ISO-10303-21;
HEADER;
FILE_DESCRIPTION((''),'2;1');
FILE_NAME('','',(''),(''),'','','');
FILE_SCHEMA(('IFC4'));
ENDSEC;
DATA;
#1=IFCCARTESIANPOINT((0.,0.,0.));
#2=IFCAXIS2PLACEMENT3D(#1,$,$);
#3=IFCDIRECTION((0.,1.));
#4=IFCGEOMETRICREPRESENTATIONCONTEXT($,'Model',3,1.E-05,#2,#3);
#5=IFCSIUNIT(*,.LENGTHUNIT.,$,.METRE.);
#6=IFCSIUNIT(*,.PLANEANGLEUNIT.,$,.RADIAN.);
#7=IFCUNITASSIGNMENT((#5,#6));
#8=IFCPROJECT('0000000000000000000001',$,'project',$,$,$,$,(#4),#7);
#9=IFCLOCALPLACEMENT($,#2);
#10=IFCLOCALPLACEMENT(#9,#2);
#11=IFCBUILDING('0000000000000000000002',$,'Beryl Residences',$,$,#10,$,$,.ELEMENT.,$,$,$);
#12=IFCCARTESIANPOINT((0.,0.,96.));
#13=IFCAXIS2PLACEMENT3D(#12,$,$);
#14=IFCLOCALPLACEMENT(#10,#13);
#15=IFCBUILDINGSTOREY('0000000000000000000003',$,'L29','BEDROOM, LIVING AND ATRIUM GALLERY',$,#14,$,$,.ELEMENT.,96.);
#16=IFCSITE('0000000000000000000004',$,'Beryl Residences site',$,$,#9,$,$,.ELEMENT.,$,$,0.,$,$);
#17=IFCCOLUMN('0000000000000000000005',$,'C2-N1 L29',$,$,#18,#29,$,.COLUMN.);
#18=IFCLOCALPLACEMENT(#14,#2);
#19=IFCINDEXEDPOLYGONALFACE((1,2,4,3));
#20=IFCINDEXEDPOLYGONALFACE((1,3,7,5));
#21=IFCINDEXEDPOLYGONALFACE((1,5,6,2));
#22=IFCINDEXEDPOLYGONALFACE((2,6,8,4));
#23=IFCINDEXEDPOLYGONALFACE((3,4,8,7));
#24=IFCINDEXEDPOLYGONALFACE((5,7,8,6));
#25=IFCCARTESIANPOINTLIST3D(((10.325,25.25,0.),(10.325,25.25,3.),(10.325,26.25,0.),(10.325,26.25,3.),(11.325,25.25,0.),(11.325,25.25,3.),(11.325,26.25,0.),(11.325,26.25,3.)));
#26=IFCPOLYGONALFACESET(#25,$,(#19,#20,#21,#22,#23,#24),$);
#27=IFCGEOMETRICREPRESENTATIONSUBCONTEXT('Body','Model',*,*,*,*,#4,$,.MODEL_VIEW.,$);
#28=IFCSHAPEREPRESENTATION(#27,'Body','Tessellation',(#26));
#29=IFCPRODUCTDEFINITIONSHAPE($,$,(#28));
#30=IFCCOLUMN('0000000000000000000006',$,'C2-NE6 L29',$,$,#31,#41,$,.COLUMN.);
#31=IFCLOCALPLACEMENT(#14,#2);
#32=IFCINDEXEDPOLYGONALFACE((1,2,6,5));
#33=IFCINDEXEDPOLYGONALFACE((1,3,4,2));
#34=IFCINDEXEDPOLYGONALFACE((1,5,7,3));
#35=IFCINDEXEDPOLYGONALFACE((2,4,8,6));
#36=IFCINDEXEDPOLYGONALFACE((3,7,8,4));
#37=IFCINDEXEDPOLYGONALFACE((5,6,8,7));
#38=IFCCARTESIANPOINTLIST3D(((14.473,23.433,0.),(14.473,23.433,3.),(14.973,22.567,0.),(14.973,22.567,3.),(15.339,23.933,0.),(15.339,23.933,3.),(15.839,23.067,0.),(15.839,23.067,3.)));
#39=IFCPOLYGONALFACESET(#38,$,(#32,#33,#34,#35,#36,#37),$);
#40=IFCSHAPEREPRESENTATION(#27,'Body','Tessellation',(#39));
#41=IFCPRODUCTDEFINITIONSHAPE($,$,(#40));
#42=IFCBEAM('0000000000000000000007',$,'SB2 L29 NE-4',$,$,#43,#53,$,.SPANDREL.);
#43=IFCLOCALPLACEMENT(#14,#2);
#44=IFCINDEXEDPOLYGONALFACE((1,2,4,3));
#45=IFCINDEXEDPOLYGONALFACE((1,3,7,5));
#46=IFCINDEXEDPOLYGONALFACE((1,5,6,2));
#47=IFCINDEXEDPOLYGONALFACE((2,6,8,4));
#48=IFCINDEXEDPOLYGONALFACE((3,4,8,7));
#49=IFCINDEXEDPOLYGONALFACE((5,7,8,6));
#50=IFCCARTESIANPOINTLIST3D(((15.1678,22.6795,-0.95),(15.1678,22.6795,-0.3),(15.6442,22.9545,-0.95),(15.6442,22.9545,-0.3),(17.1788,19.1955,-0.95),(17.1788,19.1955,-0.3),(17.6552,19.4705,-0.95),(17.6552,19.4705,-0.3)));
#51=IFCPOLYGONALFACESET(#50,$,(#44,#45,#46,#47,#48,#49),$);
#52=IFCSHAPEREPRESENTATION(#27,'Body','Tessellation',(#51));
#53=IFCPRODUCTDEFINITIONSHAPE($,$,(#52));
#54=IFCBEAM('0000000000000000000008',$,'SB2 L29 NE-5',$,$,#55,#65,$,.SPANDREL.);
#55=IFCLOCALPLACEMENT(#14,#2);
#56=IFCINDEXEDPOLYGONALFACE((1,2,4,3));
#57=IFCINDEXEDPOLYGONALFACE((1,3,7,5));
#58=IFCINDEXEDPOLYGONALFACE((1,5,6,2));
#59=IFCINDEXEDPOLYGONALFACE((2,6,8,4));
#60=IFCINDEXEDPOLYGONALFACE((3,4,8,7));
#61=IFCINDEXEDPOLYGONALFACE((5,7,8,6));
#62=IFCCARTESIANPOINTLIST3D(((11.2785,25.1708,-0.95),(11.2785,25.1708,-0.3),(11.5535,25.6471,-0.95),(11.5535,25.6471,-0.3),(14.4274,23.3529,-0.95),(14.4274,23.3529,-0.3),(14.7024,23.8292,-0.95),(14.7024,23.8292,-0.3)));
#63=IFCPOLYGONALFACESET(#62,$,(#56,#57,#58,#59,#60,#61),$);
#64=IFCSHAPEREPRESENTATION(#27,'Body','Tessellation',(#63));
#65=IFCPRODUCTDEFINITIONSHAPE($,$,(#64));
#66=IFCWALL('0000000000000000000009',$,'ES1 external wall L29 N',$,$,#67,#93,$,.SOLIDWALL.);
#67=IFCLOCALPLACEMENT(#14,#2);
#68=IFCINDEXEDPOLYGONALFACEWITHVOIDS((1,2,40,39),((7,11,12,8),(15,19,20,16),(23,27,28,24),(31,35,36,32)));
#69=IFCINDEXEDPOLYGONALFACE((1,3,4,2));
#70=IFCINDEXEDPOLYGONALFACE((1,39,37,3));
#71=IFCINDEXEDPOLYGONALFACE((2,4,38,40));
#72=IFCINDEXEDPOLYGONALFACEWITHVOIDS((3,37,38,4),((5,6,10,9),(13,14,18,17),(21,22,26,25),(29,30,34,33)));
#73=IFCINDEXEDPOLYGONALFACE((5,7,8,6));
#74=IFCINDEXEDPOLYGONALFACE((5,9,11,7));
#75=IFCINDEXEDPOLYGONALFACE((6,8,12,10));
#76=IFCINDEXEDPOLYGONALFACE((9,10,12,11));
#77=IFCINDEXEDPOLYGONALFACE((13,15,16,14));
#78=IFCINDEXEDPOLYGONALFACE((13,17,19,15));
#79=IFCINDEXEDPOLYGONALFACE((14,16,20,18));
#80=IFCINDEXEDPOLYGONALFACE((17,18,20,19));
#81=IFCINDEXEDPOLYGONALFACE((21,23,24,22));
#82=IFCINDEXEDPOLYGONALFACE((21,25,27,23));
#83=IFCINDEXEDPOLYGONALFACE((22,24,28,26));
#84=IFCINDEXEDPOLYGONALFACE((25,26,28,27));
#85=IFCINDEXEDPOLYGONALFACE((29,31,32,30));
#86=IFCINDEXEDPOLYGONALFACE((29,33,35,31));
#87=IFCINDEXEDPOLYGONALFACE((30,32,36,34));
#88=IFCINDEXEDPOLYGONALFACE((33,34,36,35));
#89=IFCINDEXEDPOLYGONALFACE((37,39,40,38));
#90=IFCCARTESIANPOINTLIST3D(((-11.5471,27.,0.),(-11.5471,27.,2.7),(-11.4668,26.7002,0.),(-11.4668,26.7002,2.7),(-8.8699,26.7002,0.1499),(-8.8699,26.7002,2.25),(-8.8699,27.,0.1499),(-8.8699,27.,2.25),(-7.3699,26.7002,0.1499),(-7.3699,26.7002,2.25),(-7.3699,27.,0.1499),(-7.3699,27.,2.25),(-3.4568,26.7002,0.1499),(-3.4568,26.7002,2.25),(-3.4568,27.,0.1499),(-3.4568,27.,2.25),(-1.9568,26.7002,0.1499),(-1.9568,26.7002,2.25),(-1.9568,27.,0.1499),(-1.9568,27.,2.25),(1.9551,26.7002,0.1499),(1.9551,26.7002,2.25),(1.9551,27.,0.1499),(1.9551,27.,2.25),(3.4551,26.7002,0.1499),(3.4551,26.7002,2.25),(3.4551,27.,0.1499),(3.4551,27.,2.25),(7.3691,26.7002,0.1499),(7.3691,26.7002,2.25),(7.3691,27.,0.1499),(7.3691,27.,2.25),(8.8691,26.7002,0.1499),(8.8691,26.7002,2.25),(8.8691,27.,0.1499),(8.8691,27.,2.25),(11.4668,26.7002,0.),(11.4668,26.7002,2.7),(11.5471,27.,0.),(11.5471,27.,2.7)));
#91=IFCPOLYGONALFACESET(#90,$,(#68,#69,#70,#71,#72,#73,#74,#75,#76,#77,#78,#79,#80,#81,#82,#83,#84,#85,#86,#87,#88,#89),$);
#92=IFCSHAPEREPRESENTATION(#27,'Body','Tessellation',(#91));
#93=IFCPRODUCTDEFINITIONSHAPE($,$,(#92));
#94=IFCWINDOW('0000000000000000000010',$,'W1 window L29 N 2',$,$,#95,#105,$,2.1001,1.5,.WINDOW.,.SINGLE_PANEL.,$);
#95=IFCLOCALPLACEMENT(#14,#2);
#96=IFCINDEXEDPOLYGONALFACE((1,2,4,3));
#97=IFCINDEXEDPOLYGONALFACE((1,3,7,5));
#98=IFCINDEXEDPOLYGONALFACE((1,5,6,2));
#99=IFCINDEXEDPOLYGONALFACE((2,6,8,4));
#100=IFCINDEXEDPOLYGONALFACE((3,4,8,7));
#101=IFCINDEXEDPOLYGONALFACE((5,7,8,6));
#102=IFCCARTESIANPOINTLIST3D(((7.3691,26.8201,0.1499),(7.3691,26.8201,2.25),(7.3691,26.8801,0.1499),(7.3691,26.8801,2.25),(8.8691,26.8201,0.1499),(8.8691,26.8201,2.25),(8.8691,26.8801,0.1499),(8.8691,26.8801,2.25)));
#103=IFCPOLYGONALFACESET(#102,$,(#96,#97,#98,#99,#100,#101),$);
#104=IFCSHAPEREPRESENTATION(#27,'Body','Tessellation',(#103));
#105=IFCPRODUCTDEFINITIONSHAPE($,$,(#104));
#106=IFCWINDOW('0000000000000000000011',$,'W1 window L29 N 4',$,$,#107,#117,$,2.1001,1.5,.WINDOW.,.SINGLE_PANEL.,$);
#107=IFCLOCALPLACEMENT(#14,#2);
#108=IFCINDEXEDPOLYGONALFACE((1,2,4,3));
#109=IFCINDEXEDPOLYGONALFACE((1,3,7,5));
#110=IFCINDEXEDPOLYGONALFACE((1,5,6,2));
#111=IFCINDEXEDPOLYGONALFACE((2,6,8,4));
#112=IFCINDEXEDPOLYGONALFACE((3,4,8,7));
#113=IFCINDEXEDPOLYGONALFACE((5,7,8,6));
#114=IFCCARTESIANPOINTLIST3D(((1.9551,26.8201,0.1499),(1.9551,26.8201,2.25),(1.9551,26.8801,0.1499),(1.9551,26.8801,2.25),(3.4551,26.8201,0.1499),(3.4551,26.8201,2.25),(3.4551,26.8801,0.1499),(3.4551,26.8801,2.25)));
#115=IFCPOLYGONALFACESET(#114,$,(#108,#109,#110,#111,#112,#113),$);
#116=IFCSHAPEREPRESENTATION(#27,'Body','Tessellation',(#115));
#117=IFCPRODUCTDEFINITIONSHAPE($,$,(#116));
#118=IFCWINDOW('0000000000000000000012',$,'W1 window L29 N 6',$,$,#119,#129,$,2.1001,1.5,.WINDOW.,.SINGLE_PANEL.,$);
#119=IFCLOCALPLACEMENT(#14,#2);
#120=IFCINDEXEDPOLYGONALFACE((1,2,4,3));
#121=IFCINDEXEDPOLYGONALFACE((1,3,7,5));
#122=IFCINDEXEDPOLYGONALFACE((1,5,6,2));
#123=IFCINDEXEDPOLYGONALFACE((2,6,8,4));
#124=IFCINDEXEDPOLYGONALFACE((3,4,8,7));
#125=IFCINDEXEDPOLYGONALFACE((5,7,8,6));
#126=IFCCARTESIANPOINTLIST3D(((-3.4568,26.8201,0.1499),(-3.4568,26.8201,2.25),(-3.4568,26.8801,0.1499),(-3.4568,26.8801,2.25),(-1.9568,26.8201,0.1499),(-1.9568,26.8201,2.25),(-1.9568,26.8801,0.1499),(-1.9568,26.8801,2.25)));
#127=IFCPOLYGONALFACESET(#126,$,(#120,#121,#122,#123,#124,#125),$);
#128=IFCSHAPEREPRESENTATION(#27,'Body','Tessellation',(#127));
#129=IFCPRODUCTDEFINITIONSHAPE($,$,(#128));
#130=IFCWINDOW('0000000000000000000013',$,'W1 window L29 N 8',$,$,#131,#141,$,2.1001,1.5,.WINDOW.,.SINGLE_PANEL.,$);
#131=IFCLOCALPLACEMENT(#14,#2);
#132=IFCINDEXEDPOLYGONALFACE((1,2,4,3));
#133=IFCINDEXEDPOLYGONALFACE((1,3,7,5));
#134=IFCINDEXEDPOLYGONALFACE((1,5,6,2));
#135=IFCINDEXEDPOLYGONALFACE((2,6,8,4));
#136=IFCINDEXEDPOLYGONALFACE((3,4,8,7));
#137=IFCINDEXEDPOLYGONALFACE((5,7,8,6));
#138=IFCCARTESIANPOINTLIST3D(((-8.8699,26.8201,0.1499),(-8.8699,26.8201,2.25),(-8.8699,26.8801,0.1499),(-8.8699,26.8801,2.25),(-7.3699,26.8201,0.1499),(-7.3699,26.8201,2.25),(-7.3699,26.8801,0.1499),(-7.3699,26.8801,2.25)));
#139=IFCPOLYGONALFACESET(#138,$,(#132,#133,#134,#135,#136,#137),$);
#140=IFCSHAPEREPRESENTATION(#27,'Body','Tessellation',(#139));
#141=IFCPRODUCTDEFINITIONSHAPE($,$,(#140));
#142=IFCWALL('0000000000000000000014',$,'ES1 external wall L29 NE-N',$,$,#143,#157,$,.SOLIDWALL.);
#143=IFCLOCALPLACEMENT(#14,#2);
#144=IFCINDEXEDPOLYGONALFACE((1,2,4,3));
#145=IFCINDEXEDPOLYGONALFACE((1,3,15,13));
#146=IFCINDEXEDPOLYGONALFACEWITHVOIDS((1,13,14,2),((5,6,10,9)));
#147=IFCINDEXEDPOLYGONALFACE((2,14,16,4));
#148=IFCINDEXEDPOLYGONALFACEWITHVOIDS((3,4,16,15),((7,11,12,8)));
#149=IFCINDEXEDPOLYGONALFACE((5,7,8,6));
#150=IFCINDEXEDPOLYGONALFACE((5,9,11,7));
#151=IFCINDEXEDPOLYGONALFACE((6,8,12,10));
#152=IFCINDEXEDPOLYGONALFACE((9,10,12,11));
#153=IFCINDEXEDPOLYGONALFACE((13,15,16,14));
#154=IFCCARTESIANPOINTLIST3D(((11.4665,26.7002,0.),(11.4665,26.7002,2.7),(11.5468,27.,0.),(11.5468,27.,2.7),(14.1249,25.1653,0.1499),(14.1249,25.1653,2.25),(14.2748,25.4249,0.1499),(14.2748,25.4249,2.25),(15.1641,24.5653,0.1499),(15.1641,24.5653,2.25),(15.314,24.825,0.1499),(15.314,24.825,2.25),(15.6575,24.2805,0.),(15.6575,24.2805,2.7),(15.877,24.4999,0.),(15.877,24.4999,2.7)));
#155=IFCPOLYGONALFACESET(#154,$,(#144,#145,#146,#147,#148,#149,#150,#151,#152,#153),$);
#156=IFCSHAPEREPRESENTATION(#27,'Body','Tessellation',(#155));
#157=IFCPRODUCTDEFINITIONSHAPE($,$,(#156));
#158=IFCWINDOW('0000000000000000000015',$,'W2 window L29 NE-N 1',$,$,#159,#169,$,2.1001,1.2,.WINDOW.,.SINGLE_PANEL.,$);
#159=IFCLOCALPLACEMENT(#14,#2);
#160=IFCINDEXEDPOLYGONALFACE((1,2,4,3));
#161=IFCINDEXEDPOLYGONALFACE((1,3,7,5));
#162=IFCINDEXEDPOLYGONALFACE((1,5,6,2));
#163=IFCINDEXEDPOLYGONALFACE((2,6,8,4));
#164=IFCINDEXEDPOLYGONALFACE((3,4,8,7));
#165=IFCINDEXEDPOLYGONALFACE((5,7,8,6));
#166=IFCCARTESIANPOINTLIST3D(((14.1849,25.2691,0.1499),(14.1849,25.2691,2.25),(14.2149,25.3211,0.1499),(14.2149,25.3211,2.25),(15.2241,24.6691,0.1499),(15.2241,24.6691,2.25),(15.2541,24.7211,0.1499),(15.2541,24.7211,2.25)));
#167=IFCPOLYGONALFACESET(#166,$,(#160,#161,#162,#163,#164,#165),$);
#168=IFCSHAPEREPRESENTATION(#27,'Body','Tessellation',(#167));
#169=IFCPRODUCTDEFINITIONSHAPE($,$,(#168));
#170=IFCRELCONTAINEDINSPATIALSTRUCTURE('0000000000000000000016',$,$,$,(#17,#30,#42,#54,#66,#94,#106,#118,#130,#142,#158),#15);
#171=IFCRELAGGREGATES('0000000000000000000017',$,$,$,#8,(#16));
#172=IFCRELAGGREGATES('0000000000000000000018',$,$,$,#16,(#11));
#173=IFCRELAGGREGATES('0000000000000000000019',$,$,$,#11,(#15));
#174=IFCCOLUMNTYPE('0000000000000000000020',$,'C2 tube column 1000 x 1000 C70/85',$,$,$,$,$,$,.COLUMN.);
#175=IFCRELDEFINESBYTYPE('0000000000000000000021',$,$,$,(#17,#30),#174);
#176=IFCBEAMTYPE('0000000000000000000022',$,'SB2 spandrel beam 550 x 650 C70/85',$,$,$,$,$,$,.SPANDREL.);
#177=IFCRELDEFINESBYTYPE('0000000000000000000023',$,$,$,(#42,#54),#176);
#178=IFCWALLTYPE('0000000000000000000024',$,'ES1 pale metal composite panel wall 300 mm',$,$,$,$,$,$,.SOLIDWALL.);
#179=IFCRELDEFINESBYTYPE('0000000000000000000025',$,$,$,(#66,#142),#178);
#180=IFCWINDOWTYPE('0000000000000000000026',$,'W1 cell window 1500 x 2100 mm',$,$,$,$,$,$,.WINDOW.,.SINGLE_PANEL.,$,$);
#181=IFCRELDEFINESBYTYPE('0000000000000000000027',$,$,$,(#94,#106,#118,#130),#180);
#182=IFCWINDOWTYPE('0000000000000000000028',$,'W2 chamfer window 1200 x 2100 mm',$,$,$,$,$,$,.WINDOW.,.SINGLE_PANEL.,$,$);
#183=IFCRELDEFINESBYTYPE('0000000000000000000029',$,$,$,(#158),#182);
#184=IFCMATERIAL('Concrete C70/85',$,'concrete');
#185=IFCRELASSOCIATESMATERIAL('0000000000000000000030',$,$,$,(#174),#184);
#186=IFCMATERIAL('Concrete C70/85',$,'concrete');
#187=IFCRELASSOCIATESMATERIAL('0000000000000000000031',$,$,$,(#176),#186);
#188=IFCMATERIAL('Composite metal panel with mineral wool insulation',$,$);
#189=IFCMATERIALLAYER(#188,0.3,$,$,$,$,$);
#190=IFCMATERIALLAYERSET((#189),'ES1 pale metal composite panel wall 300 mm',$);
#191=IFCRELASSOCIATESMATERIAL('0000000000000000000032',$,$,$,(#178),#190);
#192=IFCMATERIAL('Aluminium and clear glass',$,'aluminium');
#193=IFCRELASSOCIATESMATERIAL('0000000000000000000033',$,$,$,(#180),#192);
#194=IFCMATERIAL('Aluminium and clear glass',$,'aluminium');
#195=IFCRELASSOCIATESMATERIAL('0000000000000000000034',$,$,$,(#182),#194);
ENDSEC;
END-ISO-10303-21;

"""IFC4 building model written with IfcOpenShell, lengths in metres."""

from ifc_helpers import new_model, si_unit, direction, frame, frame_2d, origin, origin_2d, place, context, subcontext, project, spatial, polyline, rectangle, outline, extrude, material, layer, layer_set, material_profile, profile_set, type_object, element, fill, save


model = new_model("IFC4")

# Units and contexts
model_context = context("Model", 3, precision=1e-05, world=origin(), true_north=direction((0.0, 1.0)))
body_context = subcontext(model_context, "Body", "Model", "MODEL_VIEW")
ifc_project = project(units=[si_unit("LENGTHUNIT", "METRE"), si_unit("PLANEANGLEUNIT", "RADIAN")], contexts=[model_context])

# Site, building, storey
site_placement = place(None, origin())
site = spatial("IfcSite", under=ifc_project, at=site_placement, Name="Beryl Residences site", CompositionType="ELEMENT", RefElevation=0.0)
building_placement = place(site_placement, origin())
building = spatial("IfcBuilding", under=site, at=building_placement, Name="Beryl Residences", CompositionType="ELEMENT")
storey_placement = place(building_placement, frame((0.0, 0.0, 96.0)))
storey = spatial("IfcBuildingStorey", under=building, at=storey_placement, Name="L29", Description="BEDROOM, LIVING AND ATRIUM GALLERY", CompositionType="ELEMENT", Elevation=96.0)

# Columns
ifc_material_1 = material(Name="Concrete C70/85", Category="concrete")
ifc_material_profile_1 = material_profile(ifc_material_1, rectangle(XDim=1.0, YDim=1.0, at=origin_2d()))
ifc_profile_set_1 = profile_set([ifc_material_profile_1], Name="Concrete C70/85")
column_type = type_object("IfcColumnType", Name="C2 tube column 1000 x 1000 C70/85", PredefinedType="COLUMN", material=ifc_profile_set_1)
for number, where, z_axis, x_axis, name in (
    (1, (10.825, 25.75, 0.0), (0.0, 0.0, 1.0), (-1.0, 0.0, 0.0), "C2-N1 L29"),
    (2, (15.156, 23.25, 0.0), (0.0, 0.0, 1.0), (-0.5, 0.866025, 0.0), "C2-NE6 L29"),
):
    element("IfcColumn", number, at=place(storey_placement, frame(where, z_axis=z_axis, x_axis=x_axis)), inside=storey, type_object=column_type, Name=name, PredefinedType="COLUMN", context=body_context, shape_type="SweptSolid", body=[
        extrude(rectangle(XDim=1.0, YDim=1.0, at=origin_2d()), origin(), (0.0, 0.0, 1.0), 3.0),
    ])

# Beams
ifc_material_2 = material(Name="Concrete C70/85", Category="concrete")
ifc_material_profile_2 = material_profile(ifc_material_2, rectangle(XDim=0.55, YDim=0.6499, at=origin_2d()))
ifc_profile_set_2 = profile_set([ifc_material_profile_2], Name="Concrete C70/85")
beam_type = type_object("IfcBeamType", Name="SB2 spandrel beam 550 x 650 C70/85", PredefinedType="SPANDREL", material=ifc_profile_set_2)
beam_1_placement = place(storey_placement, frame((17.417, 19.333, -0.625), z_axis=(-0.499919, 0.866072, 0.0), x_axis=(-0.866072, -0.499919, 0.0)))
element("IfcBeam", 3, at=beam_1_placement, inside=storey, type_object=beam_type, Name="SB2 L29 NE-4", PredefinedType="SPANDREL", context=body_context, shape_type="SweptSolid", body=[
    extrude(rectangle(XDim=0.55, YDim=0.6499, at=origin_2d()), origin(), (0.0, 0.0, 1.0), 4.0227),
])
beam_2_placement = place(storey_placement, frame((14.5649, 23.5911, -0.625), z_axis=(-0.866045, 0.499967, 0.0), x_axis=(-0.499967, -0.866045, 0.0)))
element("IfcBeam", 4, at=beam_2_placement, inside=storey, type_object=beam_type, Name="SB2 L29 NE-5", PredefinedType="SPANDREL", context=body_context, shape_type="SweptSolid", body=[
    extrude(rectangle(XDim=0.55, YDim=0.6499, at=origin_2d()), origin(), (0.0, 0.0, 1.0), 3.636),
])

# Wall, openings, windows
ifc_material_3 = material(Name="Composite metal panel with mineral wool insulation")
ifc_layer_1 = layer(ifc_material_3, 0.3)
ifc_layer_set_1 = layer_set([ifc_layer_1], Name="ES1 pale metal composite panel wall 300 mm")
wall_type_1 = type_object("IfcWallType", Name="ES1 pale metal composite panel wall 300 mm", PredefinedType="SOLIDWALL", material=ifc_layer_set_1)
wall_1_placement = place(storey_placement, frame((11.5471, 26.8501, 0.0), z_axis=(0.0, 0.0, 1.0), x_axis=(-1.0, 0.0, 0.0)))
wall_1 = element("IfcWall", 5, at=wall_1_placement, inside=storey, type_object=wall_type_1, Name="ES1 external wall L29 N", PredefinedType="SOLIDWALL", context=body_context, shape_type="SweptSolid", body=[
    extrude(outline(polyline([(0.0, -0.1499), (23.0942, -0.1499), (23.0139, 0.1499), (0.0803, 0.1499), (0.0, -0.1499)])), origin(), (0.0, 0.0, 1.0), 2.7),
])
opening_1_placement = place(wall_1_placement, frame((2.678, 0.0, 0.1499)))
opening_1 = element("IfcOpeningElement", 6, at=opening_1_placement, cuts=wall_1, PredefinedType="OPENING", context=body_context, shape_type="SweptSolid", body=[
    extrude(rectangle(XDim=1.5, YDim=2.1001, at=frame_2d((0.75, 1.05))), frame((0.0, 0.1599, 0.0), z_axis=(0.0, -1.0, 0.0), x_axis=(1.0, 0.0, 0.0)), (0.0, 0.0, 1.0), 0.3201),
])
opening_2_placement = place(wall_1_placement, frame((8.092, 0.0, 0.1499)))
opening_2 = element("IfcOpeningElement", 7, at=opening_2_placement, cuts=wall_1, PredefinedType="OPENING", context=body_context, shape_type="SweptSolid", body=[
    extrude(rectangle(XDim=1.5, YDim=2.1001, at=frame_2d((0.75, 1.05))), frame((0.0, 0.1599, 0.0), z_axis=(0.0, -1.0, 0.0), x_axis=(1.0, 0.0, 0.0)), (0.0, 0.0, 1.0), 0.3201),
])
opening_3_placement = place(wall_1_placement, frame((13.5039, 0.0, 0.1499)))
opening_3 = element("IfcOpeningElement", 8, at=opening_3_placement, cuts=wall_1, PredefinedType="OPENING", context=body_context, shape_type="SweptSolid", body=[
    extrude(rectangle(XDim=1.5, YDim=2.1001, at=frame_2d((0.75, 1.05))), frame((0.0, 0.1599, 0.0), z_axis=(0.0, -1.0, 0.0), x_axis=(1.0, 0.0, 0.0)), (0.0, 0.0, 1.0), 0.3201),
])
opening_4_placement = place(wall_1_placement, frame((18.917, 0.0, 0.1499)))
opening_4 = element("IfcOpeningElement", 9, at=opening_4_placement, cuts=wall_1, PredefinedType="OPENING", context=body_context, shape_type="SweptSolid", body=[
    extrude(rectangle(XDim=1.5, YDim=2.1001, at=frame_2d((0.75, 1.05))), frame((0.0, 0.1599, 0.0), z_axis=(0.0, -1.0, 0.0), x_axis=(1.0, 0.0, 0.0)), (0.0, 0.0, 1.0), 0.3201),
])
ifc_material_4 = material(Name="Aluminium and clear glass", Category="aluminium")
window_type_1 = type_object("IfcWindowType", Name="W1 cell window 1500 x 2100 mm", PartitioningType="SINGLE_PANEL", PredefinedType="WINDOW", material=ifc_material_4)
window_1_placement = place(opening_1_placement, origin())
window_1 = element("IfcWindow", 10, at=window_1_placement, inside=storey, type_object=window_type_1, Name="W1 window L29 N 2", OverallHeight=2.1001, OverallWidth=1.5, PartitioningType="SINGLE_PANEL", PredefinedType="WINDOW", context=body_context, shape_type="SweptSolid", body=[
    extrude(rectangle(XDim=1.5, YDim=2.1001, at=frame_2d((0.75, 1.05))), frame((0.0, 0.03, 0.0), z_axis=(0.0, -1.0, 0.0), x_axis=(1.0, 0.0, 0.0)), (0.0, 0.0, 1.0), 0.0601),
])
fill(opening_1, window_1)
window_2_placement = place(opening_2_placement, origin())
window_2 = element("IfcWindow", 11, at=window_2_placement, inside=storey, type_object=window_type_1, Name="W1 window L29 N 4", OverallHeight=2.1001, OverallWidth=1.5, PartitioningType="SINGLE_PANEL", PredefinedType="WINDOW", context=body_context, shape_type="SweptSolid", body=[
    extrude(rectangle(XDim=1.5, YDim=2.1001, at=frame_2d((0.75, 1.05))), frame((0.0, 0.03, 0.0), z_axis=(0.0, -1.0, 0.0), x_axis=(1.0, 0.0, 0.0)), (0.0, 0.0, 1.0), 0.0601),
])
fill(opening_2, window_2)
window_3_placement = place(opening_3_placement, origin())
window_3 = element("IfcWindow", 12, at=window_3_placement, inside=storey, type_object=window_type_1, Name="W1 window L29 N 6", OverallHeight=2.1001, OverallWidth=1.5, PartitioningType="SINGLE_PANEL", PredefinedType="WINDOW", context=body_context, shape_type="SweptSolid", body=[
    extrude(rectangle(XDim=1.5, YDim=2.1001, at=frame_2d((0.75, 1.05))), frame((0.0, 0.03, 0.0), z_axis=(0.0, -1.0, 0.0), x_axis=(1.0, 0.0, 0.0)), (0.0, 0.0, 1.0), 0.0601),
])
fill(opening_3, window_3)
window_4_placement = place(opening_4_placement, origin())
window_4 = element("IfcWindow", 13, at=window_4_placement, inside=storey, type_object=window_type_1, Name="W1 window L29 N 8", OverallHeight=2.1001, OverallWidth=1.5, PartitioningType="SINGLE_PANEL", PredefinedType="WINDOW", context=body_context, shape_type="SweptSolid", body=[
    extrude(rectangle(XDim=1.5, YDim=2.1001, at=frame_2d((0.75, 1.05))), frame((0.0, 0.03, 0.0), z_axis=(0.0, -1.0, 0.0), x_axis=(1.0, 0.0, 0.0)), (0.0, 0.0, 1.0), 0.0601),
])
fill(opening_4, window_4)

# Wall, opening, window
wall_2_placement = place(storey_placement, frame((15.802, 24.3701, 0.0), z_axis=(0.0, 0.0, 1.0), x_axis=(-0.866023, 0.500004, 0.0)))
wall_2 = element("IfcWall", 14, at=wall_2_placement, inside=storey, type_object=wall_type_1, Name="ES1 external wall L29 NE-N", PredefinedType="SOLIDWALL", context=body_context, shape_type="SweptSolid", body=[
    extrude(outline(polyline([(0.0, -0.1499), (5.0, -0.1499), (4.9197, 0.1499), (0.0803, 0.1499), (0.0, -0.1499)])), origin(), (0.0, 0.0, 1.0), 2.7),
])
opening_5_placement = place(wall_2_placement, frame((0.6499, 0.0, 0.1499)))
opening_5 = element("IfcOpeningElement", 15, at=opening_5_placement, cuts=wall_2, PredefinedType="OPENING", context=body_context, shape_type="SweptSolid", body=[
    extrude(rectangle(XDim=1.2, YDim=2.1001, at=frame_2d((0.6001, 1.05))), frame((0.0, 0.1599, 0.0), z_axis=(0.0, -1.0, 0.0), x_axis=(1.0, 0.0, 0.0)), (0.0, 0.0, 1.0), 0.3201),
])
ifc_material_5 = material(Name="Aluminium and clear glass", Category="aluminium")
window_type_2 = type_object("IfcWindowType", Name="W2 chamfer window 1200 x 2100 mm", PartitioningType="SINGLE_PANEL", PredefinedType="WINDOW", material=ifc_material_5)
window_5_placement = place(opening_5_placement, origin())
window_5 = element("IfcWindow", 16, at=window_5_placement, inside=storey, type_object=window_type_2, Name="W2 window L29 NE-N 1", OverallHeight=2.1001, OverallWidth=1.2, PartitioningType="SINGLE_PANEL", PredefinedType="WINDOW", context=body_context, shape_type="SweptSolid", body=[
    extrude(rectangle(XDim=1.2, YDim=2.1001, at=frame_2d((0.6001, 1.05))), frame((0.0, 0.03, 0.0), z_axis=(0.0, -1.0, 0.0), x_axis=(1.0, 0.0, 0.0)), (0.0, 0.0, 1.0), 0.0601),
])
fill(opening_5, window_5)

save(model, "model.ifc")
